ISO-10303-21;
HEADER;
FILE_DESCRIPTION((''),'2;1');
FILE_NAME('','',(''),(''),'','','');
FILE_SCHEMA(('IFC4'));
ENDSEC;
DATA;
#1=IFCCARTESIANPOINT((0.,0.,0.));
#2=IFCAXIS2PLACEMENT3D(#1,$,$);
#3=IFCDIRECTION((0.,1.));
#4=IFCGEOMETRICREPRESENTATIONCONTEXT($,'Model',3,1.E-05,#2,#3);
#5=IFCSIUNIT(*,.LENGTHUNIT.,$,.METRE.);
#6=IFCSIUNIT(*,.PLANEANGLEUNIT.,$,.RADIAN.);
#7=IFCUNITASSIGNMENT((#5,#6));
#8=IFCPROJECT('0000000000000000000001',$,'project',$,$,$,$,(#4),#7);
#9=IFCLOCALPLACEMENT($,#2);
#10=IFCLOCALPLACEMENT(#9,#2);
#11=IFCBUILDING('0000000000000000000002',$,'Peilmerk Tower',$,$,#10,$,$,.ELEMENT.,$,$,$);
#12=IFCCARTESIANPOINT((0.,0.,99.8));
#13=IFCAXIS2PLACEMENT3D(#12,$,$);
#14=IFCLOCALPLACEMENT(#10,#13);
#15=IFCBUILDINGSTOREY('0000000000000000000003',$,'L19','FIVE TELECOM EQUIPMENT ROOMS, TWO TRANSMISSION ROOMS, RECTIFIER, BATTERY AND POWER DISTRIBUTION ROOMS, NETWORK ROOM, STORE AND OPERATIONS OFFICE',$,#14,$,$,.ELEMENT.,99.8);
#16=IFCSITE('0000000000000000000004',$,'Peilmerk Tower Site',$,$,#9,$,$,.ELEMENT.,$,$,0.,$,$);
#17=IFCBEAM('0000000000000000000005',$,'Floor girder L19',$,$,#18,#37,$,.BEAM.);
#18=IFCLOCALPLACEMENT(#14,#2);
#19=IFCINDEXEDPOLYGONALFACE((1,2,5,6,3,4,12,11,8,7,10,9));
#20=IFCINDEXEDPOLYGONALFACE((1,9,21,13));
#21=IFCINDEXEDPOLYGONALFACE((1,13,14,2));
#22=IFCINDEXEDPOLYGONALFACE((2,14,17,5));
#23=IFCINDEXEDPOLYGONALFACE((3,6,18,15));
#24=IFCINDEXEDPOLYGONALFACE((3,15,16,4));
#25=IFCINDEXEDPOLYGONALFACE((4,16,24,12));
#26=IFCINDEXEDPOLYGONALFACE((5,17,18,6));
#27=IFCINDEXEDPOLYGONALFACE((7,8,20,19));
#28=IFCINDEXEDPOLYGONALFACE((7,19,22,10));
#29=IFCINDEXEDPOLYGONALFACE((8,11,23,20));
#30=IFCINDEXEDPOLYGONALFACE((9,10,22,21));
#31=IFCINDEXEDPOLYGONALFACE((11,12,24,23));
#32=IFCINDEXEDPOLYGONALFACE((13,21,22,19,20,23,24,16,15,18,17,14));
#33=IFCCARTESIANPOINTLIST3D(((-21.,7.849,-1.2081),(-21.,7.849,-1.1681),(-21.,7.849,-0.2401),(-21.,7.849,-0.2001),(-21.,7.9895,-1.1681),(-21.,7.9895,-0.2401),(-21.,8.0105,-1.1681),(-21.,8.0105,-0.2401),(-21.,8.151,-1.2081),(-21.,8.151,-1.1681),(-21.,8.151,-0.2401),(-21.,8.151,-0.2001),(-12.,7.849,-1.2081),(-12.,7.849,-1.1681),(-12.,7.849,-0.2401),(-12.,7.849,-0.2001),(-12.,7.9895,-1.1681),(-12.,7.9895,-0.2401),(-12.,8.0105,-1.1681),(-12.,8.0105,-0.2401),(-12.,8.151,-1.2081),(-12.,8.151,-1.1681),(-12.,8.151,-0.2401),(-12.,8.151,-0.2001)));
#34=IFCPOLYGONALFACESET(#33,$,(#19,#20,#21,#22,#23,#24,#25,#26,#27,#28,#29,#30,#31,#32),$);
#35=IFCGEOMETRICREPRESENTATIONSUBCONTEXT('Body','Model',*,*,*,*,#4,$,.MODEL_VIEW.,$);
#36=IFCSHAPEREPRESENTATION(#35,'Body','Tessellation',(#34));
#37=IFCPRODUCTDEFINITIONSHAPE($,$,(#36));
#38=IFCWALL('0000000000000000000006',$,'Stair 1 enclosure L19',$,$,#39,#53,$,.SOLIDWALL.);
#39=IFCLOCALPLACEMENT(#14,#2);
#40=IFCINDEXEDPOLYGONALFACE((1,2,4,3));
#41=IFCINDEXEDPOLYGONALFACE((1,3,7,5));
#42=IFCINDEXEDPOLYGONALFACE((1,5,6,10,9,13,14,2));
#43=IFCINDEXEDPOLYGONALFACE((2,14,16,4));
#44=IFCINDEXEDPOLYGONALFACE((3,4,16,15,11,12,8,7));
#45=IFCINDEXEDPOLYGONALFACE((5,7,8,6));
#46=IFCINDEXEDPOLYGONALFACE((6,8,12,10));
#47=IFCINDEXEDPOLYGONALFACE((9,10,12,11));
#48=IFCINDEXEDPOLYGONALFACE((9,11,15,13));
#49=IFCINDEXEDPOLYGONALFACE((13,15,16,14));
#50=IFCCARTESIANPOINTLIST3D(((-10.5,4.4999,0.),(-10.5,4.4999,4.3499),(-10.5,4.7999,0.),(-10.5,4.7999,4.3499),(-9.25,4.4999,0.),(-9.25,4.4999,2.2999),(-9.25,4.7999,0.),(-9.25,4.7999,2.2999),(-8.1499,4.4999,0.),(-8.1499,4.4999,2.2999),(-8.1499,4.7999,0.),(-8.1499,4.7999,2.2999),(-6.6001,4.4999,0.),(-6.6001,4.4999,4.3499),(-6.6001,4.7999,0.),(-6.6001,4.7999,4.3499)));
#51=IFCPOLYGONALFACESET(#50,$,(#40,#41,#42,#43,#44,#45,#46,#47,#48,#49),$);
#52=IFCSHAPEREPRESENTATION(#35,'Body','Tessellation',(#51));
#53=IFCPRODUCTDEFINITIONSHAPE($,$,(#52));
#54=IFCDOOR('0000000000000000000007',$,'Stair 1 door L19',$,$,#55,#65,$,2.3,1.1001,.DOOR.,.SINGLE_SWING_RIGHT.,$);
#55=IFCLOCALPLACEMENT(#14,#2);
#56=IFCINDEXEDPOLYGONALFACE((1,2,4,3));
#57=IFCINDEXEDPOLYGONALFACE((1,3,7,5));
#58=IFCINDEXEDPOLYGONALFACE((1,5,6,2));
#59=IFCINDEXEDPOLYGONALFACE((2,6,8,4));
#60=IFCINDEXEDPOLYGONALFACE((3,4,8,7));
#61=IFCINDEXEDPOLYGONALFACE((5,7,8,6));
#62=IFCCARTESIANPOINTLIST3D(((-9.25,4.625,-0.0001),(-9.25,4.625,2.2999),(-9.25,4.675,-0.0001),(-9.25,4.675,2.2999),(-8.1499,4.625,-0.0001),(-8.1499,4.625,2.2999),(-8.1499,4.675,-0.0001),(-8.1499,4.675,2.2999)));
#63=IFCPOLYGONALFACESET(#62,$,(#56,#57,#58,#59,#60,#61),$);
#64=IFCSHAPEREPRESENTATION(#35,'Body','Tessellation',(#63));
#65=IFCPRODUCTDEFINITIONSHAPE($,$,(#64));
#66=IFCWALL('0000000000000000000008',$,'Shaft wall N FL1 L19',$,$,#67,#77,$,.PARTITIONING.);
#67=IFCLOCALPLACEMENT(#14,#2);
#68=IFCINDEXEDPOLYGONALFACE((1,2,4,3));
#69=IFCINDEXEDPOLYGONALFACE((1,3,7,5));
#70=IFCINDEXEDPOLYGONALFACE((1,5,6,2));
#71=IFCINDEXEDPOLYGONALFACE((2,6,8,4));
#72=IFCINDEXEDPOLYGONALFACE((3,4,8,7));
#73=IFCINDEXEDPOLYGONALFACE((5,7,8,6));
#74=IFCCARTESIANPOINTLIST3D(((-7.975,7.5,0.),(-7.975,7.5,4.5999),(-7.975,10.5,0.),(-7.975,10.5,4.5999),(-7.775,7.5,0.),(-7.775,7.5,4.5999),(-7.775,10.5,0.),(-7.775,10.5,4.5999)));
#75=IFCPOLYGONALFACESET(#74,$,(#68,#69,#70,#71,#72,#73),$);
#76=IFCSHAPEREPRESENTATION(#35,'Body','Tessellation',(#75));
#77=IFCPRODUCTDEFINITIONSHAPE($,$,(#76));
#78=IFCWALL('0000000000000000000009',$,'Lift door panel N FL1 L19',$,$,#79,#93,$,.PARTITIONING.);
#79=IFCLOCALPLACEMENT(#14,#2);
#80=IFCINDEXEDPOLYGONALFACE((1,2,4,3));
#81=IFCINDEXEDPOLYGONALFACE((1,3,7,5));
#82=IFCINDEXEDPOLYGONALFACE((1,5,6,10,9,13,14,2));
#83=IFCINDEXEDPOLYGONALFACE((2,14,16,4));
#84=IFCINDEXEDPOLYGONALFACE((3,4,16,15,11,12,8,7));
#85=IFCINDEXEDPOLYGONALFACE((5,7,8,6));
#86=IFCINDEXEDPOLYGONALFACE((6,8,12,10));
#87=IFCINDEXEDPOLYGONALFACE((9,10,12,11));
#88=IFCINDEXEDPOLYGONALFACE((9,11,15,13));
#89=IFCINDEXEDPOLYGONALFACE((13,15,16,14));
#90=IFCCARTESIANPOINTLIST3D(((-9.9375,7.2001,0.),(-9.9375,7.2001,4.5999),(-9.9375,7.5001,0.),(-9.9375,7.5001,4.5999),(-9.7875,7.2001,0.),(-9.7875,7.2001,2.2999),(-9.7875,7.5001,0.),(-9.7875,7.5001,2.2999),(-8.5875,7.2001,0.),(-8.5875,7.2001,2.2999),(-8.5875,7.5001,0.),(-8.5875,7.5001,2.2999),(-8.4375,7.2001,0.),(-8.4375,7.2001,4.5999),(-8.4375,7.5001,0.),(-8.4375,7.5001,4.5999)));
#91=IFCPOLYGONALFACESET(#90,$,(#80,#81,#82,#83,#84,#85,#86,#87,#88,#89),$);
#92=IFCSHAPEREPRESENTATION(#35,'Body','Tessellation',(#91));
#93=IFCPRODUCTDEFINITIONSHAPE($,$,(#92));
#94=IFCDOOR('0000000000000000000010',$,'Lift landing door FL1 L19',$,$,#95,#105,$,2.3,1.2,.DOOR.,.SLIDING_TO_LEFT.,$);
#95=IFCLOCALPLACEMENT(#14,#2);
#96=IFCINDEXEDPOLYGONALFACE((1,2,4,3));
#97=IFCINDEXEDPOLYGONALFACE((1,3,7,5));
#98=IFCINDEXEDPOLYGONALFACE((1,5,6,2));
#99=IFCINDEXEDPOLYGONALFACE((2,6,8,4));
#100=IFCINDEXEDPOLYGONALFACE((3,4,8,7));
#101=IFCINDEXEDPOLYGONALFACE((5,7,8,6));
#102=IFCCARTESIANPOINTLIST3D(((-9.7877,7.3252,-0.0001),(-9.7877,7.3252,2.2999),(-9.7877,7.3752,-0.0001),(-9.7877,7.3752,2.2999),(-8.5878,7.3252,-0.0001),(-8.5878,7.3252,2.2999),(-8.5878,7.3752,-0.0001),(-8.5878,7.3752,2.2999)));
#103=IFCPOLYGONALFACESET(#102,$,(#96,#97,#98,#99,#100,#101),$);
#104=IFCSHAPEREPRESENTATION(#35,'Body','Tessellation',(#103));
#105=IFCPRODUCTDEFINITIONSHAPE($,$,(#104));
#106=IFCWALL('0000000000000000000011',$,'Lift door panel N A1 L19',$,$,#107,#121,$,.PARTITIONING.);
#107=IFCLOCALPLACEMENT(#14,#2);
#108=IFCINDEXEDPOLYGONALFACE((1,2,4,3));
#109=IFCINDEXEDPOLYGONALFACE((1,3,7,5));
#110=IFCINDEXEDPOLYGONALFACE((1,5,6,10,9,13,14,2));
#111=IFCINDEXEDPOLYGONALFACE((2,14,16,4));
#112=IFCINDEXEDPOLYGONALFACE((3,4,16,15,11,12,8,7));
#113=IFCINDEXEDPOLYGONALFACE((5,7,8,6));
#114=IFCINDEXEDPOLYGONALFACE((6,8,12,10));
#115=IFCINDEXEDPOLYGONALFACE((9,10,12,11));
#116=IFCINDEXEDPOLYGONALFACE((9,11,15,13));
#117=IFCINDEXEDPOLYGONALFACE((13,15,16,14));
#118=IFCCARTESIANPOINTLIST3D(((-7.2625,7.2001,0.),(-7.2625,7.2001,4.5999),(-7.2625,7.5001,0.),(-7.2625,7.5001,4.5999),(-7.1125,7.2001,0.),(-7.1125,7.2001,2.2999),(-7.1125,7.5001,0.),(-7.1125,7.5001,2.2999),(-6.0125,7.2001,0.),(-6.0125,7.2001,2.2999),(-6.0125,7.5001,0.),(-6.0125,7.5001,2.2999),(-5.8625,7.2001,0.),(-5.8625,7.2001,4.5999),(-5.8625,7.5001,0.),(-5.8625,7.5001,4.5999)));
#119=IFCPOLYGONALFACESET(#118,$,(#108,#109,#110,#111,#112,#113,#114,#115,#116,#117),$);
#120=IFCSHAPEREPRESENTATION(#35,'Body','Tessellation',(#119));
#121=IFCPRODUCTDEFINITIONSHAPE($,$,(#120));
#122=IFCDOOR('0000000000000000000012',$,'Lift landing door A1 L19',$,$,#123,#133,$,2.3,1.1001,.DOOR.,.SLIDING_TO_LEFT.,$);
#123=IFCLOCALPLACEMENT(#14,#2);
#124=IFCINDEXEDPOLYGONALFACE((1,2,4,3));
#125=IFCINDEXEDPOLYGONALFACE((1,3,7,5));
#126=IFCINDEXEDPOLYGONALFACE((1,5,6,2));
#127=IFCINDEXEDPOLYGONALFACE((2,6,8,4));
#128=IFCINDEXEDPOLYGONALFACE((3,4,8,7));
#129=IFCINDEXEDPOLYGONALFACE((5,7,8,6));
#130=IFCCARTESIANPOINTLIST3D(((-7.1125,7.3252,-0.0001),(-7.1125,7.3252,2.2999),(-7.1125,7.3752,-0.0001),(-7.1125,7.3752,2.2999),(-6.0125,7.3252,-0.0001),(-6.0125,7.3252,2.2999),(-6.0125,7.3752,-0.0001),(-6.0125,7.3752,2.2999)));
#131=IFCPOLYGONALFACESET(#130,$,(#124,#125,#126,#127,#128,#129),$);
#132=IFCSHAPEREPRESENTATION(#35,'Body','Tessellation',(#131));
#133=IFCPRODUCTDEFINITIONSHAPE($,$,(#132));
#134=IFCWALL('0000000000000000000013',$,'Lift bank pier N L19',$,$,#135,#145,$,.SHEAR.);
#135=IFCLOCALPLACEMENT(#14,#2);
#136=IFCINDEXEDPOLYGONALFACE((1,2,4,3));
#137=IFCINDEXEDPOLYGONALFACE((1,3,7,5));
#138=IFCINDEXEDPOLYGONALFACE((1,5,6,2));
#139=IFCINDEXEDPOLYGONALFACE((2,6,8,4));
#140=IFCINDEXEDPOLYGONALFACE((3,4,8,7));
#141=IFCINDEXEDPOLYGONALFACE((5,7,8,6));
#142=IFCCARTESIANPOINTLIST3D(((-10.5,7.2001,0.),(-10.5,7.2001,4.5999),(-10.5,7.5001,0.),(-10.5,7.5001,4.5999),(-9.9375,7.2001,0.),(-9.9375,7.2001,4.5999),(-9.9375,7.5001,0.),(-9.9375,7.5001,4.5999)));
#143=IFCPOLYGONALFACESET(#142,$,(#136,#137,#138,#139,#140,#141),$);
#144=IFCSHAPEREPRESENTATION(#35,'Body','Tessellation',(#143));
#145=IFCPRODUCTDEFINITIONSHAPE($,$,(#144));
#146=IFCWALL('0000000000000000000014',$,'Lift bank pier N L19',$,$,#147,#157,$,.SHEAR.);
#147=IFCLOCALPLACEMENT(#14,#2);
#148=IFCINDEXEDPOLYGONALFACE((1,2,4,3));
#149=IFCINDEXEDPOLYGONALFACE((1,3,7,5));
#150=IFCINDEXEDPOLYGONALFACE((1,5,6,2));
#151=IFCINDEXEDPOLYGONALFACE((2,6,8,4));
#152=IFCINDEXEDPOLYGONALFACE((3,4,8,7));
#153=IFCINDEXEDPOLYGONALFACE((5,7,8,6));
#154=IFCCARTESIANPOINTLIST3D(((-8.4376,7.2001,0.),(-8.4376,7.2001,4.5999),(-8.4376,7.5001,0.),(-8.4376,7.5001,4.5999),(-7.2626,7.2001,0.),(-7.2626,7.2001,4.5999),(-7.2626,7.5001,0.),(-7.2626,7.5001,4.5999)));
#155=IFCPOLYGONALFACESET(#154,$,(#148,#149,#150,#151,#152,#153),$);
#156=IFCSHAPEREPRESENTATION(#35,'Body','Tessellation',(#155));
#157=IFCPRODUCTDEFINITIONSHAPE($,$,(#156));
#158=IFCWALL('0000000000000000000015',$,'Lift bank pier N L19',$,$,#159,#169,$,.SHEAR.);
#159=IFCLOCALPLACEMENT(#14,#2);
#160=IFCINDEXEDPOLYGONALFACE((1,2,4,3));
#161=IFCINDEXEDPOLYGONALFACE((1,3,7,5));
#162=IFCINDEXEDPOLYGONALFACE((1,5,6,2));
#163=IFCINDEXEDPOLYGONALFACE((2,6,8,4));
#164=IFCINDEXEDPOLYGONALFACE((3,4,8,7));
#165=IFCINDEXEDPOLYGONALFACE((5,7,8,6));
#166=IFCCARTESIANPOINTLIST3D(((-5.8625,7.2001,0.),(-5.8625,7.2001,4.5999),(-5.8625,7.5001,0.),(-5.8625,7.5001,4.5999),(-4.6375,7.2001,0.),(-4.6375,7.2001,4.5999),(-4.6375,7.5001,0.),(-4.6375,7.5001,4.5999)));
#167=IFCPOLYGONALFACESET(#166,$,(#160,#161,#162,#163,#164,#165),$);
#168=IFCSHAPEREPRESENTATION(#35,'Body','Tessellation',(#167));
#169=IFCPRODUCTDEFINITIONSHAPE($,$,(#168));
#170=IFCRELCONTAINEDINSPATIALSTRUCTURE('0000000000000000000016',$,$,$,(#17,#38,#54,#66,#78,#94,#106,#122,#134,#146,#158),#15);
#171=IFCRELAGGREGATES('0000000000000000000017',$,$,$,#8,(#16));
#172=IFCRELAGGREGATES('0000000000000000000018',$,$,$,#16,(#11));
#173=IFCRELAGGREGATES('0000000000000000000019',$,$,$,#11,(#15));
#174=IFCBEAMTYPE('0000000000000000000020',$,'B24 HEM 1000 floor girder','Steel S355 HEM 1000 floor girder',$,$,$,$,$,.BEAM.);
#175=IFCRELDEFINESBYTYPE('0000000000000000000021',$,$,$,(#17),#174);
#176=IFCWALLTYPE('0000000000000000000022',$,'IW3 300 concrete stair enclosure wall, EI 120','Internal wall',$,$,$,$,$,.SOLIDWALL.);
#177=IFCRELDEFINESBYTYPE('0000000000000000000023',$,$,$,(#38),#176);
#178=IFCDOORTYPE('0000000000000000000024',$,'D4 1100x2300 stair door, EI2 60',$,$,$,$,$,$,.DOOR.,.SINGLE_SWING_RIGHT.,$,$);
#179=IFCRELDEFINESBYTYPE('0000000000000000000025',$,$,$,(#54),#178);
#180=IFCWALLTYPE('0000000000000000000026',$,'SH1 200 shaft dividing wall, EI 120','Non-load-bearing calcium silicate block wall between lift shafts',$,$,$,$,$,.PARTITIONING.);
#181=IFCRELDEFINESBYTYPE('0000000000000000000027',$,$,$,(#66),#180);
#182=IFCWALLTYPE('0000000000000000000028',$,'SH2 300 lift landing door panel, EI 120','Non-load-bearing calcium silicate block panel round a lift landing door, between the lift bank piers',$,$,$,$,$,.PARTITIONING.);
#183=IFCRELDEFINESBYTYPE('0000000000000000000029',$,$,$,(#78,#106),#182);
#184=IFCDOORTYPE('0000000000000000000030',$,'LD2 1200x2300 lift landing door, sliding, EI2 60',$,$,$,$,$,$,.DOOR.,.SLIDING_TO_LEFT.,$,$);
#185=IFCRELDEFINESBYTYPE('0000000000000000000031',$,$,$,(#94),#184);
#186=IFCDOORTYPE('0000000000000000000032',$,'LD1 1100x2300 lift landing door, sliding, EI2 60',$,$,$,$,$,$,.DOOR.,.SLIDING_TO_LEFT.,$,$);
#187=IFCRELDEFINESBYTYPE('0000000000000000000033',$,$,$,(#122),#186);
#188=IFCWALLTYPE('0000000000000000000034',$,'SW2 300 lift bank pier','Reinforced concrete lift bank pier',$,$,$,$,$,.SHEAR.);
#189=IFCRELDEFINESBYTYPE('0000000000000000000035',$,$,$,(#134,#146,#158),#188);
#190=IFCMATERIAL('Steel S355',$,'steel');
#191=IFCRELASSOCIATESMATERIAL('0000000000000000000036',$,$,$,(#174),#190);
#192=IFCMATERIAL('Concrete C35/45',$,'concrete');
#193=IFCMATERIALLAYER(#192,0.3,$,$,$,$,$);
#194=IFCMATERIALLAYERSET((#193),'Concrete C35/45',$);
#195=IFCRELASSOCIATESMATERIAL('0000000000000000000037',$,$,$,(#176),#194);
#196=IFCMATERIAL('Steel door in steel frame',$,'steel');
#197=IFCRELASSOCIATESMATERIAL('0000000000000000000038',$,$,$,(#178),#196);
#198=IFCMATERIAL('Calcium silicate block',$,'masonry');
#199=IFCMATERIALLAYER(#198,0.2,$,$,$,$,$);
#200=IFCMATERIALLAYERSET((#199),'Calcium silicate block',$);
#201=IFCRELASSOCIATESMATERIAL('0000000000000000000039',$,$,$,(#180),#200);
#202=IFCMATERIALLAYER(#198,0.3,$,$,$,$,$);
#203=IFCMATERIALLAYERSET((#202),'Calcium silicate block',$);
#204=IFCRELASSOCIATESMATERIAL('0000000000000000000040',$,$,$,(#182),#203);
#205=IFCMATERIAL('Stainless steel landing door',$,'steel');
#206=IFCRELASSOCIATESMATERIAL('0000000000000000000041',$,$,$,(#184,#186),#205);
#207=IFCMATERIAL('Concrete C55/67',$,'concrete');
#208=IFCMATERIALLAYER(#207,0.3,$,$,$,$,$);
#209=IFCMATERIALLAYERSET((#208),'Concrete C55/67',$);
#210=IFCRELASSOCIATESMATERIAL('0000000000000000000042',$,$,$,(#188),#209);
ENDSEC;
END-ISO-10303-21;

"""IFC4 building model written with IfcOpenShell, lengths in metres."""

from ifc_helpers import new_model, si_unit, direction, frame, frame_2d, origin, origin_2d, place, context, subcontext, project, spatial, rectangle, i_section, extrude, material, layer, layer_set, material_profile, profile_set, type_object, element, fill, save


model = new_model("IFC4")

# Units and contexts
model_context = context("Model", 3, precision=1e-05, world=origin(), true_north=direction((0.0, 1.0)))
body_context = subcontext(model_context, "Body", "Model", "MODEL_VIEW")
ifc_project = project(units=[si_unit("LENGTHUNIT", "METRE"), si_unit("PLANEANGLEUNIT", "RADIAN")], contexts=[model_context])

# Site, building, storey
site_placement = place(None, origin())
site = spatial("IfcSite", under=ifc_project, at=site_placement, Name="Peilmerk Tower Site", CompositionType="ELEMENT", RefElevation=0.0)
building_placement = place(site_placement, origin())
building = spatial("IfcBuilding", under=site, at=building_placement, Name="Peilmerk Tower", CompositionType="ELEMENT")
storey_placement = place(building_placement, frame((0.0, 0.0, 99.8)))
storey = spatial("IfcBuildingStorey", under=building, at=storey_placement, Name="L19", Description="FIVE TELECOM EQUIPMENT ROOMS, TWO TRANSMISSION ROOMS, RECTIFIER, BATTERY AND POWER DISTRIBUTION ROOMS, NETWORK ROOM, STORE AND OPERATIONS OFFICE", CompositionType="ELEMENT", Elevation=99.8)

# Beam
ifc_material_1 = material(Name="Steel S355", Category="steel")
ifc_material_profile = material_profile(ifc_material_1, i_section(OverallWidth=0.302, OverallDepth=1.0081, WebThickness=0.021, FlangeThickness=0.04, at=origin_2d()), Name="HEM 1000")
ifc_profile_set = profile_set([ifc_material_profile], Name="Steel S355")
beam_type = type_object("IfcBeamType", Name="B24 HEM 1000 floor girder", Description="Steel S355 HEM 1000 floor girder", PredefinedType="BEAM", material=ifc_profile_set)
beam_placement = place(storey_placement, frame((-12.0, 8.0, -0.7041), z_axis=(-1.0, 0.0, 0.0), x_axis=(0.0, -1.0, 0.0)))
element("IfcBeam", 1, at=beam_placement, inside=storey, type_object=beam_type, Name="Floor girder L19", PredefinedType="BEAM", context=body_context, shape_type="SweptSolid", body=[
    extrude(i_section(OverallWidth=0.302, OverallDepth=1.0081, WebThickness=0.021, FlangeThickness=0.04, at=origin_2d()), origin(), (0.0, 0.0, 1.0), 9.0),
])

# Wall, opening, door
ifc_material_2 = material(Name="Concrete C35/45", Category="concrete")
ifc_layer_1 = layer(ifc_material_2, 0.3)
ifc_layer_set_1 = layer_set([ifc_layer_1], Name="Concrete C35/45")
wall_type_1 = type_object("IfcWallType", Name="IW3 300 concrete stair enclosure wall, EI 120", Description="Internal wall", PredefinedType="SOLIDWALL", material=ifc_layer_set_1)
wall_1_placement = place(storey_placement, frame((-10.5, 4.6499, 0.0), z_axis=(0.0, 0.0, 1.0), x_axis=(1.0, 0.0, 0.0)))
wall_1 = element("IfcWall", 2, at=wall_1_placement, inside=storey, type_object=wall_type_1, Name="Stair 1 enclosure L19", PredefinedType="SOLIDWALL", context=body_context, shape_type="SweptSolid", body=[
    extrude(rectangle(XDim=3.8999, YDim=0.3, at=frame_2d((1.95, 0.0))), origin(), (0.0, 0.0, 1.0), 4.3499),
])
opening_1_placement = place(wall_1_placement, frame((1.25, 0.0, 0.0)))
opening_1 = element("IfcOpeningElement", 3, at=opening_1_placement, cuts=wall_1, PredefinedType="OPENING", context=body_context, shape_type="SweptSolid", body=[
    extrude(rectangle(XDim=1.1001, YDim=2.3, at=frame_2d((0.55, 1.1499))), frame((0.0, 0.1599, 0.0), z_axis=(0.0, -1.0, 0.0), x_axis=(1.0, 0.0, 0.0)), (0.0, 0.0, 1.0), 0.3201),
])
ifc_material_3 = material(Name="Steel door in steel frame", Category="steel")
door_type_1 = type_object("IfcDoorType", Name="D4 1100x2300 stair door, EI2 60", OperationType="SINGLE_SWING_RIGHT", PredefinedType="DOOR", material=ifc_material_3)
door_1_placement = place(opening_1_placement, frame((1.1001, 0.0, 0.0), z_axis=(0.0, 0.0, 1.0), x_axis=(-1.0, 0.0, 0.0)))
door_1 = element("IfcDoor", 4, at=door_1_placement, inside=storey, type_object=door_type_1, Name="Stair 1 door L19", OperationType="SINGLE_SWING_RIGHT", OverallHeight=2.3, OverallWidth=1.1001, PredefinedType="DOOR", context=body_context, shape_type="SweptSolid", body=[
    extrude(rectangle(XDim=1.1001, YDim=2.3, at=frame_2d((0.55, 1.1499))), frame((0.0, 0.0249, 0.0), z_axis=(0.0, -1.0, 0.0), x_axis=(1.0, 0.0, 0.0)), (0.0, 0.0, 1.0), 0.05),
])
fill(opening_1, door_1)

# Wall
ifc_material_4 = material(Name="Calcium silicate block", Category="masonry")
ifc_layer_2 = layer(ifc_material_4, 0.2)
ifc_layer_set_2 = layer_set([ifc_layer_2], Name="Calcium silicate block")
wall_type_2 = type_object("IfcWallType", Name="SH1 200 shaft dividing wall, EI 120", Description="Non-load-bearing calcium silicate block wall between lift shafts", PredefinedType="PARTITIONING", material=ifc_layer_set_2)
wall_2_placement = place(storey_placement, frame((-7.875, 7.5, 0.0), z_axis=(0.0, 0.0, 1.0), x_axis=(0.0, 1.0, 0.0)))
element("IfcWall", 5, at=wall_2_placement, inside=storey, type_object=wall_type_2, Name="Shaft wall N FL1 L19", PredefinedType="PARTITIONING", context=body_context, shape_type="SweptSolid", body=[
    extrude(rectangle(XDim=3.0, YDim=0.2, at=frame_2d((1.5, 0.0))), origin(), (0.0, 0.0, 1.0), 4.5999),
])

# Walls, openings, doors
ifc_layer_3 = layer(ifc_material_4, 0.3)
ifc_layer_set_3 = layer_set([ifc_layer_3], Name="Calcium silicate block")
wall_type_3 = type_object("IfcWallType", Name="SH2 300 lift landing door panel, EI 120", Description="Non-load-bearing calcium silicate block panel round a lift landing door, between the lift bank piers", PredefinedType="PARTITIONING", material=ifc_layer_set_3)
wall_3_placement = place(storey_placement, frame((-9.9375, 7.3501, 0.0), z_axis=(0.0, 0.0, 1.0), x_axis=(1.0, 0.0, 0.0)))
wall_3 = element("IfcWall", 6, at=wall_3_placement, inside=storey, type_object=wall_type_3, Name="Lift door panel N FL1 L19", PredefinedType="PARTITIONING", context=body_context, shape_type="SweptSolid", body=[
    extrude(rectangle(XDim=1.5, YDim=0.3, at=frame_2d((0.75, 0.0))), origin(), (0.0, 0.0, 1.0), 4.5999),
])
opening_2_placement = place(wall_3_placement, frame((0.1499, 0.0, 0.0)))
opening_2 = element("IfcOpeningElement", 7, at=opening_2_placement, cuts=wall_3, PredefinedType="OPENING", context=body_context, shape_type="SweptSolid", body=[
    extrude(rectangle(XDim=1.2, YDim=2.3, at=frame_2d((0.6001, 1.1499))), frame((0.0, 0.1599, 0.0), z_axis=(0.0, -1.0, 0.0), x_axis=(1.0, 0.0, 0.0)), (0.0, 0.0, 1.0), 0.3201),
])
ifc_material_5 = material(Name="Stainless steel landing door", Category="steel")
door_type_2 = type_object("IfcDoorType", Name="LD2 1200x2300 lift landing door, sliding, EI2 60", OperationType="SLIDING_TO_LEFT", PredefinedType="DOOR", material=ifc_material_5)
door_2_placement = place(opening_2_placement, frame((1.2, 0.0, 0.0), z_axis=(0.0, 0.0, 1.0), x_axis=(-1.0, 0.0, 0.0)))
door_2 = element("IfcDoor", 8, at=door_2_placement, inside=storey, type_object=door_type_2, Name="Lift landing door FL1 L19", OperationType="SLIDING_TO_LEFT", OverallHeight=2.3, OverallWidth=1.2, PredefinedType="DOOR", context=body_context, shape_type="SweptSolid", body=[
    extrude(rectangle(XDim=1.2, YDim=2.3, at=frame_2d((0.6001, 1.1499))), frame((0.0, 0.0249, 0.0), z_axis=(0.0, -1.0, 0.0), x_axis=(1.0, 0.0, 0.0)), (0.0, 0.0, 1.0), 0.05),
])
fill(opening_2, door_2)
wall_4_placement = place(storey_placement, frame((-7.2625, 7.3501, 0.0), z_axis=(0.0, 0.0, 1.0), x_axis=(1.0, 0.0, 0.0)))
wall_4 = element("IfcWall", 9, at=wall_4_placement, inside=storey, type_object=wall_type_3, Name="Lift door panel N A1 L19", PredefinedType="PARTITIONING", context=body_context, shape_type="SweptSolid", body=[
    extrude(rectangle(XDim=1.3999, YDim=0.3, at=frame_2d((0.7, 0.0))), origin(), (0.0, 0.0, 1.0), 4.5999),
])
opening_3_placement = place(wall_4_placement, frame((0.1499, 0.0, 0.0)))
opening_3 = element("IfcOpeningElement", 10, at=opening_3_placement, cuts=wall_4, PredefinedType="OPENING", context=body_context, shape_type="SweptSolid", body=[
    extrude(rectangle(XDim=1.1001, YDim=2.3, at=frame_2d((0.55, 1.1499))), frame((0.0, 0.1599, 0.0), z_axis=(0.0, -1.0, 0.0), x_axis=(1.0, 0.0, 0.0)), (0.0, 0.0, 1.0), 0.3201),
])
door_type_3 = type_object("IfcDoorType", Name="LD1 1100x2300 lift landing door, sliding, EI2 60", OperationType="SLIDING_TO_LEFT", PredefinedType="DOOR", material=ifc_material_5)
door_3_placement = place(opening_3_placement, frame((1.1001, 0.0, 0.0), z_axis=(0.0, 0.0, 1.0), x_axis=(-1.0, 0.0, 0.0)))
door_3 = element("IfcDoor", 11, at=door_3_placement, inside=storey, type_object=door_type_3, Name="Lift landing door A1 L19", OperationType="SLIDING_TO_LEFT", OverallHeight=2.3, OverallWidth=1.1001, PredefinedType="DOOR", context=body_context, shape_type="SweptSolid", body=[
    extrude(rectangle(XDim=1.1001, YDim=2.3, at=frame_2d((0.55, 1.1499))), frame((0.0, 0.0249, 0.0), z_axis=(0.0, -1.0, 0.0), x_axis=(1.0, 0.0, 0.0)), (0.0, 0.0, 1.0), 0.05),
])
fill(opening_3, door_3)

# Walls
ifc_material_6 = material(Name="Concrete C55/67", Category="concrete")
ifc_layer_4 = layer(ifc_material_6, 0.3)
ifc_layer_set_4 = layer_set([ifc_layer_4], Name="Concrete C55/67")
wall_type_4 = type_object("IfcWallType", Name="SW2 300 lift bank pier", Description="Reinforced concrete lift bank pier", PredefinedType="SHEAR", material=ifc_layer_set_4)
wall_5_placement = place(storey_placement, frame((-10.5, 7.3501, 0.0), z_axis=(0.0, 0.0, 1.0), x_axis=(1.0, 0.0, 0.0)))
element("IfcWall", 12, at=wall_5_placement, inside=storey, type_object=wall_type_4, Name="Lift bank pier N L19", PredefinedType="SHEAR", context=body_context, shape_type="SweptSolid", body=[
    extrude(rectangle(XDim=0.5625, YDim=0.3, at=frame_2d((0.2812, 0.0))), origin(), (0.0, 0.0, 1.0), 4.5999),
])
wall_6_placement = place(storey_placement, frame((-8.4375, 7.3501, 0.0), z_axis=(0.0, 0.0, 1.0), x_axis=(1.0, 0.0, 0.0)))
element("IfcWall", 13, at=wall_6_placement, inside=storey, type_object=wall_type_4, Name="Lift bank pier N L19", PredefinedType="SHEAR", context=body_context, shape_type="SweptSolid", body=[
    extrude(rectangle(XDim=1.175, YDim=0.3, at=frame_2d((0.5874, 0.0))), origin(), (0.0, 0.0, 1.0), 4.5999),
])
wall_7_placement = place(storey_placement, frame((-5.8625, 7.3501, 0.0), z_axis=(0.0, 0.0, 1.0), x_axis=(1.0, 0.0, 0.0)))
element("IfcWall", 14, at=wall_7_placement, inside=storey, type_object=wall_type_4, Name="Lift bank pier N L19", PredefinedType="SHEAR", context=body_context, shape_type="SweptSolid", body=[
    extrude(rectangle(XDim=1.2251, YDim=0.3, at=frame_2d((0.6125, 0.0))), origin(), (0.0, 0.0, 1.0), 4.5999),
])

save(model, "model.ifc")
